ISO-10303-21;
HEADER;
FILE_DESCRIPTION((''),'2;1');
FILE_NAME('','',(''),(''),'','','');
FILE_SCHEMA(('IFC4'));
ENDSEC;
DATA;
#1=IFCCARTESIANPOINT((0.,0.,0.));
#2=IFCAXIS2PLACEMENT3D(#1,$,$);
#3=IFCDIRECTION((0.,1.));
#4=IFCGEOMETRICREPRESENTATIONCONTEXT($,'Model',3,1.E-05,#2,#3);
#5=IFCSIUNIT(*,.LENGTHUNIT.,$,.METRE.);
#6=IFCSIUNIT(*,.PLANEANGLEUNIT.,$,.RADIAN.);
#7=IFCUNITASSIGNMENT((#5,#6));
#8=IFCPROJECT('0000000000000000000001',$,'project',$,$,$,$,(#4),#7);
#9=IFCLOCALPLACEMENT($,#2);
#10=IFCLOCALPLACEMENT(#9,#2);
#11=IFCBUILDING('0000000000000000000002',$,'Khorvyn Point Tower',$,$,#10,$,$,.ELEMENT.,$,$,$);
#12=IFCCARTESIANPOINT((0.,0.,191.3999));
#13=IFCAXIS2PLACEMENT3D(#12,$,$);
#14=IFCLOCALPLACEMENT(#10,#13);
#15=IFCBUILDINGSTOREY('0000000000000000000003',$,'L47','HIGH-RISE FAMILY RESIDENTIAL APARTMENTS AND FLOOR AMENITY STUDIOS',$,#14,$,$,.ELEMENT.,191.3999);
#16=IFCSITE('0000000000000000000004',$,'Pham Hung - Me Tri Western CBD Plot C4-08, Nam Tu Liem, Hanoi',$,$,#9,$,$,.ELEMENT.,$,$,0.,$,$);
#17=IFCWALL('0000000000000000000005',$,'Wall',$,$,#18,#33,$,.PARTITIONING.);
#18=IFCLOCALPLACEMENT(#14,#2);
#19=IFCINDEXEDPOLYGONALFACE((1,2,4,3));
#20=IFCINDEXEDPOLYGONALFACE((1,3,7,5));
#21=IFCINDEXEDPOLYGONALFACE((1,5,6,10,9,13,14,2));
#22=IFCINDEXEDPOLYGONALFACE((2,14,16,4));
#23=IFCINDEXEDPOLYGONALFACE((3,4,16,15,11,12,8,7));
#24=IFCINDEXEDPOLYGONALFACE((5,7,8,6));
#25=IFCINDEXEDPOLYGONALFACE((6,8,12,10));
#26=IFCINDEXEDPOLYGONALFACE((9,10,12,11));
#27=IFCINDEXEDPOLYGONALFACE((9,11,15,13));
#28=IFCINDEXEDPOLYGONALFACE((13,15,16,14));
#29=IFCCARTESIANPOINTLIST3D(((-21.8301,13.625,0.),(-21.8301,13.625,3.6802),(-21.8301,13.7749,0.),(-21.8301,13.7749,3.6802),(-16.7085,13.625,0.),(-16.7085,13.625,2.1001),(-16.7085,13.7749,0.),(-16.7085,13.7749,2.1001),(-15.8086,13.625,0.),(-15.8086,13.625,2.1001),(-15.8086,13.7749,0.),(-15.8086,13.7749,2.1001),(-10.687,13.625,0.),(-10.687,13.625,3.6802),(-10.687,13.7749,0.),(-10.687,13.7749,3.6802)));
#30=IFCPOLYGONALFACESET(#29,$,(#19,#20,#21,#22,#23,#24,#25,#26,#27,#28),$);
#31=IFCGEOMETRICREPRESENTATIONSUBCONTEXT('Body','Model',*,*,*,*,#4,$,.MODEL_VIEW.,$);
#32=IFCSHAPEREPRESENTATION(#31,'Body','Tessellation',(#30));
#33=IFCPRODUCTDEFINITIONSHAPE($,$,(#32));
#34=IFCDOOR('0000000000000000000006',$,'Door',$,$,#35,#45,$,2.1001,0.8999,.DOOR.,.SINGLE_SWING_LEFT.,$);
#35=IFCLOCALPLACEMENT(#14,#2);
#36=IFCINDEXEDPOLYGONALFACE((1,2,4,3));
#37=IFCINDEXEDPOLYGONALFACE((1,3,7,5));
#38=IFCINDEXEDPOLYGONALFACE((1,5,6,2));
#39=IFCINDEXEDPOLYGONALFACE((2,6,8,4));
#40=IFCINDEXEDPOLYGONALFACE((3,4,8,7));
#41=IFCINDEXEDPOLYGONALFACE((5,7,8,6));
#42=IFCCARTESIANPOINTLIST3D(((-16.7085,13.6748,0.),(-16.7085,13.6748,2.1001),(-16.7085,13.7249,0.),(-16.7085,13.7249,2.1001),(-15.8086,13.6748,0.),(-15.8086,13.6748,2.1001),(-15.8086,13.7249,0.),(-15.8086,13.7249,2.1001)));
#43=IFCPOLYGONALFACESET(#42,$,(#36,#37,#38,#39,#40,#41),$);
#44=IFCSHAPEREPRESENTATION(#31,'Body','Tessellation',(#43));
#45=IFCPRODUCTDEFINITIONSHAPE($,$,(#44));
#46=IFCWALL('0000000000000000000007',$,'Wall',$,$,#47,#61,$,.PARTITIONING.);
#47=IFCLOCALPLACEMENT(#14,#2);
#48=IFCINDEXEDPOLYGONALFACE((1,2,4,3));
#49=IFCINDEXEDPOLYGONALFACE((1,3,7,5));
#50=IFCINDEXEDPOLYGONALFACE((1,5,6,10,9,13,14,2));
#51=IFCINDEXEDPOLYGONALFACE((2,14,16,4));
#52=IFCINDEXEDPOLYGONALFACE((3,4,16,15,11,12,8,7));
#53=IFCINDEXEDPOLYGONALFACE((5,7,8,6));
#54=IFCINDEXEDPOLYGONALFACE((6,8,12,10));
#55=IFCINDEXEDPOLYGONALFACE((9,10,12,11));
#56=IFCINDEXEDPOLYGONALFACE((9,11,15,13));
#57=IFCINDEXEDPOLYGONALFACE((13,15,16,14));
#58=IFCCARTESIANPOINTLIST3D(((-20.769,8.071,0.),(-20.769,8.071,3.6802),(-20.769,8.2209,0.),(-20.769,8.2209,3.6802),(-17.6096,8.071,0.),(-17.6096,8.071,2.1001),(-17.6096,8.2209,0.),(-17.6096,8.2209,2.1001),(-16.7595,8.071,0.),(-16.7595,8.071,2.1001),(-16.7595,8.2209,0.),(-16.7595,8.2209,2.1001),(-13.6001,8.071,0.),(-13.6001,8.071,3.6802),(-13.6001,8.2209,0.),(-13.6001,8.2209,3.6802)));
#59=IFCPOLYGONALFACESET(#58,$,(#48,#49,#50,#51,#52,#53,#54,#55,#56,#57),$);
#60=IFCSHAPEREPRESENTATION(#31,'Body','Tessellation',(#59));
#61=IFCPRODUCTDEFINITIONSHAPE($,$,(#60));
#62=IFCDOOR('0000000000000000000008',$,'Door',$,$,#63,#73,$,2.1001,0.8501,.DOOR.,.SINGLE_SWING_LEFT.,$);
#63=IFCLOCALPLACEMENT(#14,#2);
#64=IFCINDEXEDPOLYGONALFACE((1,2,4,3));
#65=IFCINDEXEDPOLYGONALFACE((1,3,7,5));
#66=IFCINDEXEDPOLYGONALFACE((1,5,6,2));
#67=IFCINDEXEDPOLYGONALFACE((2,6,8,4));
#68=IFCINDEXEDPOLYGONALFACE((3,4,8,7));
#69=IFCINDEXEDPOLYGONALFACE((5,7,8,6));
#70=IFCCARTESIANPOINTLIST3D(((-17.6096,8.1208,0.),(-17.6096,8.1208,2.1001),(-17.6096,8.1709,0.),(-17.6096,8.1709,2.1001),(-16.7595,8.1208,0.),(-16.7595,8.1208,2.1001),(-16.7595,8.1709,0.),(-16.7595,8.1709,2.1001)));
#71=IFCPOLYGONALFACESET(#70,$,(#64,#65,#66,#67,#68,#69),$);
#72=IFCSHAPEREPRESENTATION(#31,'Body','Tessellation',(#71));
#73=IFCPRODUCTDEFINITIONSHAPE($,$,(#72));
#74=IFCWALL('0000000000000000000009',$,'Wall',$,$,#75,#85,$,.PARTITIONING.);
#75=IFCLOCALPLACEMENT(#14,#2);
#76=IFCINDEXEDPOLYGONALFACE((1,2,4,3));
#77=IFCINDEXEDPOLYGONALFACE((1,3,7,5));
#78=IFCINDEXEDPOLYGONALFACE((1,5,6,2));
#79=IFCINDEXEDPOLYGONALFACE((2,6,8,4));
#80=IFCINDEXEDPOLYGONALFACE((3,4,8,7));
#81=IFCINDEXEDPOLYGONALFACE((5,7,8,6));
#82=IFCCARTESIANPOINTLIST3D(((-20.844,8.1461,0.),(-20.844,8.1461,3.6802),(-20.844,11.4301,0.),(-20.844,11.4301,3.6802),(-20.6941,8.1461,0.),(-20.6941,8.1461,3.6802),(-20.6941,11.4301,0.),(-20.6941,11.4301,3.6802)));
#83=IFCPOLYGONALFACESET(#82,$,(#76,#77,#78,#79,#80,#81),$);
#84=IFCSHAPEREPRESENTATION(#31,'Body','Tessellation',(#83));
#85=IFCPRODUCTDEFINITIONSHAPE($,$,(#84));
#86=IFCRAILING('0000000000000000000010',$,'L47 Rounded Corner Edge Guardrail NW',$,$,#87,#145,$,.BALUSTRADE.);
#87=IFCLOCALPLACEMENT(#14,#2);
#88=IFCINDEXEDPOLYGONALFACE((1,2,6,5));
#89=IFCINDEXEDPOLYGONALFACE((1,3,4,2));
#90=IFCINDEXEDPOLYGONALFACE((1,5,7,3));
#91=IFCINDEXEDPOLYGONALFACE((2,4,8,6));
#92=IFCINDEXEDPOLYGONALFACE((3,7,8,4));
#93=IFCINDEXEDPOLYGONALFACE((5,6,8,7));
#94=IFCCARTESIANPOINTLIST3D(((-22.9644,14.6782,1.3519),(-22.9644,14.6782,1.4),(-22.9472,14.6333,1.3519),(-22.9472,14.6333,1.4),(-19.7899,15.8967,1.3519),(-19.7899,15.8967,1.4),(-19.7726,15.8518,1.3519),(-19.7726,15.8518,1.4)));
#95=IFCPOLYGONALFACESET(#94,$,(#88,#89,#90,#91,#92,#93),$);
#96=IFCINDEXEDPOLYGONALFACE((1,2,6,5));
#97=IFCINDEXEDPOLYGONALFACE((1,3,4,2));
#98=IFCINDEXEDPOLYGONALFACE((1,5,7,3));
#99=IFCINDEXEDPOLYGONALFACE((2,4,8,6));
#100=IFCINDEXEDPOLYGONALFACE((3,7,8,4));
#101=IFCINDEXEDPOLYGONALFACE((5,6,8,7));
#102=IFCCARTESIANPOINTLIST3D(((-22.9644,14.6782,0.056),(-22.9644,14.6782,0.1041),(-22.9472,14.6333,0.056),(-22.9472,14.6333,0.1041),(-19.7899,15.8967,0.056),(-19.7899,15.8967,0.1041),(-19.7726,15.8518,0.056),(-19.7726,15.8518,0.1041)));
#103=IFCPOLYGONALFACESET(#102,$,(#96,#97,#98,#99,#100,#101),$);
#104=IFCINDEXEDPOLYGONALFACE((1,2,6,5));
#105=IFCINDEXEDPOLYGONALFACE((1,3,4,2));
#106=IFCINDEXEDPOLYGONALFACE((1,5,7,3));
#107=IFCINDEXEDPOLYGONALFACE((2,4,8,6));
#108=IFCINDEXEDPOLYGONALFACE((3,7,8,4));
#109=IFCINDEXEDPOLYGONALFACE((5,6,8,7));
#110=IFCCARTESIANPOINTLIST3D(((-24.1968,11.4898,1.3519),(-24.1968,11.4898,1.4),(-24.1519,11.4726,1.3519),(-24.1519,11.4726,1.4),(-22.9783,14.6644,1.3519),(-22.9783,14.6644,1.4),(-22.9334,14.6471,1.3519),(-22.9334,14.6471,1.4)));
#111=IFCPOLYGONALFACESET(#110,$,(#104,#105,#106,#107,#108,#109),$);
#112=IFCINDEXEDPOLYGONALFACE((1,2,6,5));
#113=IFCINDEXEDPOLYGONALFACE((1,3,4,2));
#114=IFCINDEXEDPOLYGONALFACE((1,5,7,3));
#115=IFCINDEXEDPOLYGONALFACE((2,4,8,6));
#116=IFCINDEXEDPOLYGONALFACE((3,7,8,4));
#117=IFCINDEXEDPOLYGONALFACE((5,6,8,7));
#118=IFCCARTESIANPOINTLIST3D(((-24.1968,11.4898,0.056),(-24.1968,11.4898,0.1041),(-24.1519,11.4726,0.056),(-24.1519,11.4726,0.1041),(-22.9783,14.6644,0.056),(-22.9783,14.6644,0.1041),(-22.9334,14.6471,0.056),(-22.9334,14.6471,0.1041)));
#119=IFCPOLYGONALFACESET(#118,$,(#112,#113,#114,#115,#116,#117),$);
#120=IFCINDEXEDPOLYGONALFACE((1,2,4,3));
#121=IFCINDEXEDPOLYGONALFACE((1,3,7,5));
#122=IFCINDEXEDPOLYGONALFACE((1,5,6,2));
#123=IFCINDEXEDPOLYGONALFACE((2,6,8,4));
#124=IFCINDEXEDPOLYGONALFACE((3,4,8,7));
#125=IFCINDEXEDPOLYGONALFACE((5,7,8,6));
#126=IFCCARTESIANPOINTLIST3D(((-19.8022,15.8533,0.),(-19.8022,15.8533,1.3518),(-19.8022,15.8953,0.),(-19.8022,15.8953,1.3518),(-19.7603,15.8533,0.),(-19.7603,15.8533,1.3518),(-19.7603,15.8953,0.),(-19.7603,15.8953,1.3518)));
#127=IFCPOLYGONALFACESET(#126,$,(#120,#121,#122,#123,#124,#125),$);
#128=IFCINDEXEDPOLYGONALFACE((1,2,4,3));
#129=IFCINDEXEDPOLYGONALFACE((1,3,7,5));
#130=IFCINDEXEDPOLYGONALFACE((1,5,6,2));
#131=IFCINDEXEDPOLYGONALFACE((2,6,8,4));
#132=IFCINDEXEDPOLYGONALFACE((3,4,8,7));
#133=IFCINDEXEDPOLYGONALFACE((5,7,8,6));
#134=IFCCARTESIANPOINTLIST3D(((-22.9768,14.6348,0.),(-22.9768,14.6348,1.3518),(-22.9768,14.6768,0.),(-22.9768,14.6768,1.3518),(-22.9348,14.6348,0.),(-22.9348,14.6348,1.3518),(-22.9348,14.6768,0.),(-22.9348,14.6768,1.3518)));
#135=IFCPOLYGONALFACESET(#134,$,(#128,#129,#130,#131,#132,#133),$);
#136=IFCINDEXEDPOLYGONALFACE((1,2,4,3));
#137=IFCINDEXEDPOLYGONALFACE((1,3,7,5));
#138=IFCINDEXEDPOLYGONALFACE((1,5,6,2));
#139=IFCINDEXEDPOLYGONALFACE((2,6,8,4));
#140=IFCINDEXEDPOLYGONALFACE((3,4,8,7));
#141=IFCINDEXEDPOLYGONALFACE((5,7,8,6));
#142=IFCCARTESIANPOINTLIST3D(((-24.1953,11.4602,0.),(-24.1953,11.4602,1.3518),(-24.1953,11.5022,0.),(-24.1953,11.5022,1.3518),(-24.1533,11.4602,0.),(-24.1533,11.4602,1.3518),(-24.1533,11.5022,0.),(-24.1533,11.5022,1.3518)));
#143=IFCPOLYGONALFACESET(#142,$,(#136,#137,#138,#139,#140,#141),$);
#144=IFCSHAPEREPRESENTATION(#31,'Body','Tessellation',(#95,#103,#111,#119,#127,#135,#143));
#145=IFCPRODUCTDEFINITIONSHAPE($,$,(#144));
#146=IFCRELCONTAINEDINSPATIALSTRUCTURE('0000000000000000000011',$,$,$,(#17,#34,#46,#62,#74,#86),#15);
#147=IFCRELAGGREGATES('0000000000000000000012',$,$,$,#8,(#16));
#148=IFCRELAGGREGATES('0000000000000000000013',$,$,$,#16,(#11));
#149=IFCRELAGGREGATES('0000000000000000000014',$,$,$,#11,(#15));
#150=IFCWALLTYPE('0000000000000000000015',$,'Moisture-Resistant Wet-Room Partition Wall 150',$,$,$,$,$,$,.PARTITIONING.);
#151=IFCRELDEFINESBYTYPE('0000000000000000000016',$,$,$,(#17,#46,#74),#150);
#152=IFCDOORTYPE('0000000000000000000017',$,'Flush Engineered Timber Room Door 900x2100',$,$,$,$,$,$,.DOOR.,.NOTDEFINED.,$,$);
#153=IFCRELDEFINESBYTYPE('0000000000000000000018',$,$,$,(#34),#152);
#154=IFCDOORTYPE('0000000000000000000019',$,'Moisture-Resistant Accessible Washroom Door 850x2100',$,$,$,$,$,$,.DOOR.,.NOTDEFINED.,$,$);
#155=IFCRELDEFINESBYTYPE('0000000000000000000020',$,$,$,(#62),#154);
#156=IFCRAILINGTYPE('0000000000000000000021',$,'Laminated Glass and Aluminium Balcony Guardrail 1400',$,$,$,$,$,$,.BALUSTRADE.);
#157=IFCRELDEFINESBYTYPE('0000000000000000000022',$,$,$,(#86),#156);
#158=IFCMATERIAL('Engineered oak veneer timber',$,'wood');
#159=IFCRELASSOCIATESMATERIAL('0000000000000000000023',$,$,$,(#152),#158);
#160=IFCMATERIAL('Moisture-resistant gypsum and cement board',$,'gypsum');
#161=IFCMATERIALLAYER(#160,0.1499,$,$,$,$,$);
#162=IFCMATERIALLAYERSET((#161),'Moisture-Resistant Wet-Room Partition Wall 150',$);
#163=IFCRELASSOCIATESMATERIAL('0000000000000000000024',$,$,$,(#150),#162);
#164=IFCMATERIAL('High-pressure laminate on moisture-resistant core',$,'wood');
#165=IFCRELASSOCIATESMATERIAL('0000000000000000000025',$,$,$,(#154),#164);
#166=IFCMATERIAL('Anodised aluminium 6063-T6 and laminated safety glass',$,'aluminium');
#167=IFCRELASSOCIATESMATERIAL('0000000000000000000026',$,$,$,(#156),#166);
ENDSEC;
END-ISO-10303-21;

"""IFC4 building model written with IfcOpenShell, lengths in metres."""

from ifc_helpers import new_model, si_unit, direction, frame, frame_2d, origin, origin_2d, place, context, subcontext, project, spatial, rectangle, extrude, material, layer, layer_set, type_object, element, fill, save


model = new_model("IFC4")

# Units and contexts
model_context = context("Model", 3, precision=1e-05, world=origin(), true_north=direction((0.0, 1.0)))
body_context = subcontext(model_context, "Body", "Model", "MODEL_VIEW")
ifc_project = project(units=[si_unit("LENGTHUNIT", "METRE"), si_unit("PLANEANGLEUNIT", "RADIAN")], contexts=[model_context])

# Site, building, storey
site_placement = place(None, origin())
site = spatial("IfcSite", under=ifc_project, at=site_placement, Name="Pham Hung - Me Tri Western CBD Plot C4-08, Nam Tu Liem, Hanoi", CompositionType="ELEMENT", RefElevation=0.0)
building_placement = place(site_placement, origin())
building = spatial("IfcBuilding", under=site, at=building_placement, Name="Khorvyn Point Tower", CompositionType="ELEMENT")
storey_placement = place(building_placement, frame((0.0, 0.0, 191.3999)))
storey = spatial("IfcBuildingStorey", under=building, at=storey_placement, Name="L47", Description="HIGH-RISE FAMILY RESIDENTIAL APARTMENTS AND FLOOR AMENITY STUDIOS", CompositionType="ELEMENT", Elevation=191.3999)

# Walls, openings, doors
ifc_material_1 = material(Name="Engineered oak veneer timber", Category="wood")
door_type_1 = type_object("IfcDoorType", Name="Flush Engineered Timber Room Door 900x2100", OperationType="NOTDEFINED", PredefinedType="DOOR", material=ifc_material_1)
ifc_material_2 = material(Name="Moisture-resistant gypsum and cement board", Category="gypsum")
ifc_layer_1 = layer(ifc_material_2, 0.1499)
ifc_layer_set_1 = layer_set([ifc_layer_1], Name="Moisture-Resistant Wet-Room Partition Wall 150")
wall_type_1 = type_object("IfcWallType", Name="Moisture-Resistant Wet-Room Partition Wall 150", PredefinedType="PARTITIONING", material=ifc_layer_set_1)
wall_1_placement = place(storey_placement, frame((-21.8301, 13.7, 0.0), z_axis=(0.0, 0.0, 1.0), x_axis=(1.0, 0.0, 0.0)))
wall_1 = element("IfcWall", 1, at=wall_1_placement, inside=storey, type_object=wall_type_1, Name="Wall", PredefinedType="PARTITIONING", context=body_context, shape_type="SweptSolid", body=[
    extrude(rectangle(XDim=11.1431, YDim=0.1499, at=frame_2d((5.5715, 0.0))), origin(), (0.0, 0.0, 1.0), 3.6802),
])
opening_1_placement = place(wall_1_placement, frame((5.1216, 0.0, 0.0)))
opening_1 = element("IfcOpeningElement", 2, at=opening_1_placement, cuts=wall_1, PredefinedType="OPENING", context=body_context, shape_type="SweptSolid", body=[
    extrude(rectangle(XDim=0.8999, YDim=2.1001, at=frame_2d((0.45, 1.05))), frame((0.0, 0.085, 0.0), z_axis=(0.0, -1.0, 0.0), x_axis=(1.0, 0.0, 0.0)), (0.0, 0.0, 1.0), 0.1699),
])
door_1_placement = place(opening_1_placement, origin())
door_1 = element("IfcDoor", 3, at=door_1_placement, inside=storey, type_object=door_type_1, Name="Door", OperationType="SINGLE_SWING_LEFT", OverallHeight=2.1001, OverallWidth=0.8999, PredefinedType="DOOR", context=body_context, shape_type="SweptSolid", body=[
    extrude(rectangle(XDim=0.8999, YDim=2.1001, at=frame_2d((0.45, 1.05))), frame((0.0, 0.0249, 0.0), z_axis=(0.0, -1.0, 0.0), x_axis=(1.0, 0.0, 0.0)), (0.0, 0.0, 1.0), 0.05),
])
fill(opening_1, door_1)
wall_2_placement = place(storey_placement, frame((-20.769, 8.146, 0.0), z_axis=(0.0, 0.0, 1.0), x_axis=(1.0, 0.0, 0.0)))
wall_2 = element("IfcWall", 4, at=wall_2_placement, inside=storey, type_object=wall_type_1, Name="Wall", PredefinedType="PARTITIONING", context=body_context, shape_type="SweptSolid", body=[
    extrude(rectangle(XDim=7.1689, YDim=0.1499, at=frame_2d((3.5845, 0.0))), origin(), (0.0, 0.0, 1.0), 3.6802),
])
opening_2_placement = place(wall_2_placement, frame((3.1594, 0.0, 0.0)))
opening_2 = element("IfcOpeningElement", 5, at=opening_2_placement, cuts=wall_2, PredefinedType="OPENING", context=body_context, shape_type="SweptSolid", body=[
    extrude(rectangle(XDim=0.8501, YDim=2.1001, at=frame_2d((0.425, 1.05))), frame((0.0, 0.085, 0.0), z_axis=(0.0, -1.0, 0.0), x_axis=(1.0, 0.0, 0.0)), (0.0, 0.0, 1.0), 0.1699),
])
ifc_material_3 = material(Name="High-pressure laminate on moisture-resistant core", Category="wood")
door_type_2 = type_object("IfcDoorType", Name="Moisture-Resistant Accessible Washroom Door 850x2100", OperationType="NOTDEFINED", PredefinedType="DOOR", material=ifc_material_3)
door_2_placement = place(opening_2_placement, origin())
door_2 = element("IfcDoor", 6, at=door_2_placement, inside=storey, type_object=door_type_2, Name="Door", OperationType="SINGLE_SWING_LEFT", OverallHeight=2.1001, OverallWidth=0.8501, PredefinedType="DOOR", context=body_context, shape_type="SweptSolid", body=[
    extrude(rectangle(XDim=0.8501, YDim=2.1001, at=frame_2d((0.425, 1.05))), frame((0.0, 0.0249, 0.0), z_axis=(0.0, -1.0, 0.0), x_axis=(1.0, 0.0, 0.0)), (0.0, 0.0, 1.0), 0.05),
])
fill(opening_2, door_2)

# Wall
wall_3_placement = place(storey_placement, frame((-20.769, 8.146, 0.0), z_axis=(0.0, 0.0, 1.0), x_axis=(0.0, 1.0, 0.0)))
element("IfcWall", 7, at=wall_3_placement, inside=storey, type_object=wall_type_1, Name="Wall", PredefinedType="PARTITIONING", context=body_context, shape_type="SweptSolid", body=[
    extrude(rectangle(XDim=3.2839, YDim=0.1499, at=frame_2d((1.6421, 0.0))), origin(), (0.0, 0.0, 1.0), 3.6802),
])

# Railing
ifc_material_4 = material(Name="Anodised aluminium 6063-T6 and laminated safety glass", Category="aluminium")
railing_type = type_object("IfcRailingType", Name="Laminated Glass and Aluminium Balcony Guardrail 1400", PredefinedType="BALUSTRADE", material=ifc_material_4)
railing_1_placement = place(storey_placement, frame((-19.7812, 15.8743, 0.0)))
element("IfcRailing", 8, at=railing_1_placement, inside=storey, type_object=railing_type, Name="L47 Rounded Corner Edge Guardrail NW", PredefinedType="BALUSTRADE", context=body_context, shape_type="SweptSolid", body=[
    extrude(rectangle(XDim=0.0481, YDim=0.0481, at=origin_2d()), frame((0.0, 0.0, 1.376), z_axis=(-0.93359, -0.358344, 0.0), x_axis=(0.358344, -0.93359, 0.0)), (0.0, 0.0, 1.0), 3.4004),
    extrude(rectangle(XDim=0.0481, YDim=0.0481, at=origin_2d()), frame((0.0, 0.0, 0.0801), z_axis=(-0.93359, -0.358344, 0.0), x_axis=(0.358344, -0.93359, 0.0)), (0.0, 0.0, 1.0), 3.4004),
    extrude(rectangle(XDim=0.0481, YDim=0.0481, at=origin_2d()), frame((-3.1746, -1.2185, 1.376), z_axis=(-0.358344, -0.93359, 0.0), x_axis=(0.93359, -0.358344, 0.0)), (0.0, 0.0, 1.0), 3.4004),
    extrude(rectangle(XDim=0.0481, YDim=0.0481, at=origin_2d()), frame((-3.1746, -1.2185, 0.0801), z_axis=(-0.358344, -0.93359, 0.0), x_axis=(0.93359, -0.358344, 0.0)), (0.0, 0.0, 1.0), 3.4004),
    extrude(rectangle(XDim=0.042, YDim=0.042, at=origin_2d()), origin(), (0.0, 0.0, 1.0), 1.3518),
    extrude(rectangle(XDim=0.042, YDim=0.042, at=origin_2d()), frame((-3.1746, -1.2185, 0.0)), (0.0, 0.0, 1.0), 1.3518),
    extrude(rectangle(XDim=0.042, YDim=0.042, at=origin_2d()), frame((-4.3931, -4.3931, 0.0)), (0.0, 0.0, 1.0), 1.3518),
])

save(model, "model.ifc")
